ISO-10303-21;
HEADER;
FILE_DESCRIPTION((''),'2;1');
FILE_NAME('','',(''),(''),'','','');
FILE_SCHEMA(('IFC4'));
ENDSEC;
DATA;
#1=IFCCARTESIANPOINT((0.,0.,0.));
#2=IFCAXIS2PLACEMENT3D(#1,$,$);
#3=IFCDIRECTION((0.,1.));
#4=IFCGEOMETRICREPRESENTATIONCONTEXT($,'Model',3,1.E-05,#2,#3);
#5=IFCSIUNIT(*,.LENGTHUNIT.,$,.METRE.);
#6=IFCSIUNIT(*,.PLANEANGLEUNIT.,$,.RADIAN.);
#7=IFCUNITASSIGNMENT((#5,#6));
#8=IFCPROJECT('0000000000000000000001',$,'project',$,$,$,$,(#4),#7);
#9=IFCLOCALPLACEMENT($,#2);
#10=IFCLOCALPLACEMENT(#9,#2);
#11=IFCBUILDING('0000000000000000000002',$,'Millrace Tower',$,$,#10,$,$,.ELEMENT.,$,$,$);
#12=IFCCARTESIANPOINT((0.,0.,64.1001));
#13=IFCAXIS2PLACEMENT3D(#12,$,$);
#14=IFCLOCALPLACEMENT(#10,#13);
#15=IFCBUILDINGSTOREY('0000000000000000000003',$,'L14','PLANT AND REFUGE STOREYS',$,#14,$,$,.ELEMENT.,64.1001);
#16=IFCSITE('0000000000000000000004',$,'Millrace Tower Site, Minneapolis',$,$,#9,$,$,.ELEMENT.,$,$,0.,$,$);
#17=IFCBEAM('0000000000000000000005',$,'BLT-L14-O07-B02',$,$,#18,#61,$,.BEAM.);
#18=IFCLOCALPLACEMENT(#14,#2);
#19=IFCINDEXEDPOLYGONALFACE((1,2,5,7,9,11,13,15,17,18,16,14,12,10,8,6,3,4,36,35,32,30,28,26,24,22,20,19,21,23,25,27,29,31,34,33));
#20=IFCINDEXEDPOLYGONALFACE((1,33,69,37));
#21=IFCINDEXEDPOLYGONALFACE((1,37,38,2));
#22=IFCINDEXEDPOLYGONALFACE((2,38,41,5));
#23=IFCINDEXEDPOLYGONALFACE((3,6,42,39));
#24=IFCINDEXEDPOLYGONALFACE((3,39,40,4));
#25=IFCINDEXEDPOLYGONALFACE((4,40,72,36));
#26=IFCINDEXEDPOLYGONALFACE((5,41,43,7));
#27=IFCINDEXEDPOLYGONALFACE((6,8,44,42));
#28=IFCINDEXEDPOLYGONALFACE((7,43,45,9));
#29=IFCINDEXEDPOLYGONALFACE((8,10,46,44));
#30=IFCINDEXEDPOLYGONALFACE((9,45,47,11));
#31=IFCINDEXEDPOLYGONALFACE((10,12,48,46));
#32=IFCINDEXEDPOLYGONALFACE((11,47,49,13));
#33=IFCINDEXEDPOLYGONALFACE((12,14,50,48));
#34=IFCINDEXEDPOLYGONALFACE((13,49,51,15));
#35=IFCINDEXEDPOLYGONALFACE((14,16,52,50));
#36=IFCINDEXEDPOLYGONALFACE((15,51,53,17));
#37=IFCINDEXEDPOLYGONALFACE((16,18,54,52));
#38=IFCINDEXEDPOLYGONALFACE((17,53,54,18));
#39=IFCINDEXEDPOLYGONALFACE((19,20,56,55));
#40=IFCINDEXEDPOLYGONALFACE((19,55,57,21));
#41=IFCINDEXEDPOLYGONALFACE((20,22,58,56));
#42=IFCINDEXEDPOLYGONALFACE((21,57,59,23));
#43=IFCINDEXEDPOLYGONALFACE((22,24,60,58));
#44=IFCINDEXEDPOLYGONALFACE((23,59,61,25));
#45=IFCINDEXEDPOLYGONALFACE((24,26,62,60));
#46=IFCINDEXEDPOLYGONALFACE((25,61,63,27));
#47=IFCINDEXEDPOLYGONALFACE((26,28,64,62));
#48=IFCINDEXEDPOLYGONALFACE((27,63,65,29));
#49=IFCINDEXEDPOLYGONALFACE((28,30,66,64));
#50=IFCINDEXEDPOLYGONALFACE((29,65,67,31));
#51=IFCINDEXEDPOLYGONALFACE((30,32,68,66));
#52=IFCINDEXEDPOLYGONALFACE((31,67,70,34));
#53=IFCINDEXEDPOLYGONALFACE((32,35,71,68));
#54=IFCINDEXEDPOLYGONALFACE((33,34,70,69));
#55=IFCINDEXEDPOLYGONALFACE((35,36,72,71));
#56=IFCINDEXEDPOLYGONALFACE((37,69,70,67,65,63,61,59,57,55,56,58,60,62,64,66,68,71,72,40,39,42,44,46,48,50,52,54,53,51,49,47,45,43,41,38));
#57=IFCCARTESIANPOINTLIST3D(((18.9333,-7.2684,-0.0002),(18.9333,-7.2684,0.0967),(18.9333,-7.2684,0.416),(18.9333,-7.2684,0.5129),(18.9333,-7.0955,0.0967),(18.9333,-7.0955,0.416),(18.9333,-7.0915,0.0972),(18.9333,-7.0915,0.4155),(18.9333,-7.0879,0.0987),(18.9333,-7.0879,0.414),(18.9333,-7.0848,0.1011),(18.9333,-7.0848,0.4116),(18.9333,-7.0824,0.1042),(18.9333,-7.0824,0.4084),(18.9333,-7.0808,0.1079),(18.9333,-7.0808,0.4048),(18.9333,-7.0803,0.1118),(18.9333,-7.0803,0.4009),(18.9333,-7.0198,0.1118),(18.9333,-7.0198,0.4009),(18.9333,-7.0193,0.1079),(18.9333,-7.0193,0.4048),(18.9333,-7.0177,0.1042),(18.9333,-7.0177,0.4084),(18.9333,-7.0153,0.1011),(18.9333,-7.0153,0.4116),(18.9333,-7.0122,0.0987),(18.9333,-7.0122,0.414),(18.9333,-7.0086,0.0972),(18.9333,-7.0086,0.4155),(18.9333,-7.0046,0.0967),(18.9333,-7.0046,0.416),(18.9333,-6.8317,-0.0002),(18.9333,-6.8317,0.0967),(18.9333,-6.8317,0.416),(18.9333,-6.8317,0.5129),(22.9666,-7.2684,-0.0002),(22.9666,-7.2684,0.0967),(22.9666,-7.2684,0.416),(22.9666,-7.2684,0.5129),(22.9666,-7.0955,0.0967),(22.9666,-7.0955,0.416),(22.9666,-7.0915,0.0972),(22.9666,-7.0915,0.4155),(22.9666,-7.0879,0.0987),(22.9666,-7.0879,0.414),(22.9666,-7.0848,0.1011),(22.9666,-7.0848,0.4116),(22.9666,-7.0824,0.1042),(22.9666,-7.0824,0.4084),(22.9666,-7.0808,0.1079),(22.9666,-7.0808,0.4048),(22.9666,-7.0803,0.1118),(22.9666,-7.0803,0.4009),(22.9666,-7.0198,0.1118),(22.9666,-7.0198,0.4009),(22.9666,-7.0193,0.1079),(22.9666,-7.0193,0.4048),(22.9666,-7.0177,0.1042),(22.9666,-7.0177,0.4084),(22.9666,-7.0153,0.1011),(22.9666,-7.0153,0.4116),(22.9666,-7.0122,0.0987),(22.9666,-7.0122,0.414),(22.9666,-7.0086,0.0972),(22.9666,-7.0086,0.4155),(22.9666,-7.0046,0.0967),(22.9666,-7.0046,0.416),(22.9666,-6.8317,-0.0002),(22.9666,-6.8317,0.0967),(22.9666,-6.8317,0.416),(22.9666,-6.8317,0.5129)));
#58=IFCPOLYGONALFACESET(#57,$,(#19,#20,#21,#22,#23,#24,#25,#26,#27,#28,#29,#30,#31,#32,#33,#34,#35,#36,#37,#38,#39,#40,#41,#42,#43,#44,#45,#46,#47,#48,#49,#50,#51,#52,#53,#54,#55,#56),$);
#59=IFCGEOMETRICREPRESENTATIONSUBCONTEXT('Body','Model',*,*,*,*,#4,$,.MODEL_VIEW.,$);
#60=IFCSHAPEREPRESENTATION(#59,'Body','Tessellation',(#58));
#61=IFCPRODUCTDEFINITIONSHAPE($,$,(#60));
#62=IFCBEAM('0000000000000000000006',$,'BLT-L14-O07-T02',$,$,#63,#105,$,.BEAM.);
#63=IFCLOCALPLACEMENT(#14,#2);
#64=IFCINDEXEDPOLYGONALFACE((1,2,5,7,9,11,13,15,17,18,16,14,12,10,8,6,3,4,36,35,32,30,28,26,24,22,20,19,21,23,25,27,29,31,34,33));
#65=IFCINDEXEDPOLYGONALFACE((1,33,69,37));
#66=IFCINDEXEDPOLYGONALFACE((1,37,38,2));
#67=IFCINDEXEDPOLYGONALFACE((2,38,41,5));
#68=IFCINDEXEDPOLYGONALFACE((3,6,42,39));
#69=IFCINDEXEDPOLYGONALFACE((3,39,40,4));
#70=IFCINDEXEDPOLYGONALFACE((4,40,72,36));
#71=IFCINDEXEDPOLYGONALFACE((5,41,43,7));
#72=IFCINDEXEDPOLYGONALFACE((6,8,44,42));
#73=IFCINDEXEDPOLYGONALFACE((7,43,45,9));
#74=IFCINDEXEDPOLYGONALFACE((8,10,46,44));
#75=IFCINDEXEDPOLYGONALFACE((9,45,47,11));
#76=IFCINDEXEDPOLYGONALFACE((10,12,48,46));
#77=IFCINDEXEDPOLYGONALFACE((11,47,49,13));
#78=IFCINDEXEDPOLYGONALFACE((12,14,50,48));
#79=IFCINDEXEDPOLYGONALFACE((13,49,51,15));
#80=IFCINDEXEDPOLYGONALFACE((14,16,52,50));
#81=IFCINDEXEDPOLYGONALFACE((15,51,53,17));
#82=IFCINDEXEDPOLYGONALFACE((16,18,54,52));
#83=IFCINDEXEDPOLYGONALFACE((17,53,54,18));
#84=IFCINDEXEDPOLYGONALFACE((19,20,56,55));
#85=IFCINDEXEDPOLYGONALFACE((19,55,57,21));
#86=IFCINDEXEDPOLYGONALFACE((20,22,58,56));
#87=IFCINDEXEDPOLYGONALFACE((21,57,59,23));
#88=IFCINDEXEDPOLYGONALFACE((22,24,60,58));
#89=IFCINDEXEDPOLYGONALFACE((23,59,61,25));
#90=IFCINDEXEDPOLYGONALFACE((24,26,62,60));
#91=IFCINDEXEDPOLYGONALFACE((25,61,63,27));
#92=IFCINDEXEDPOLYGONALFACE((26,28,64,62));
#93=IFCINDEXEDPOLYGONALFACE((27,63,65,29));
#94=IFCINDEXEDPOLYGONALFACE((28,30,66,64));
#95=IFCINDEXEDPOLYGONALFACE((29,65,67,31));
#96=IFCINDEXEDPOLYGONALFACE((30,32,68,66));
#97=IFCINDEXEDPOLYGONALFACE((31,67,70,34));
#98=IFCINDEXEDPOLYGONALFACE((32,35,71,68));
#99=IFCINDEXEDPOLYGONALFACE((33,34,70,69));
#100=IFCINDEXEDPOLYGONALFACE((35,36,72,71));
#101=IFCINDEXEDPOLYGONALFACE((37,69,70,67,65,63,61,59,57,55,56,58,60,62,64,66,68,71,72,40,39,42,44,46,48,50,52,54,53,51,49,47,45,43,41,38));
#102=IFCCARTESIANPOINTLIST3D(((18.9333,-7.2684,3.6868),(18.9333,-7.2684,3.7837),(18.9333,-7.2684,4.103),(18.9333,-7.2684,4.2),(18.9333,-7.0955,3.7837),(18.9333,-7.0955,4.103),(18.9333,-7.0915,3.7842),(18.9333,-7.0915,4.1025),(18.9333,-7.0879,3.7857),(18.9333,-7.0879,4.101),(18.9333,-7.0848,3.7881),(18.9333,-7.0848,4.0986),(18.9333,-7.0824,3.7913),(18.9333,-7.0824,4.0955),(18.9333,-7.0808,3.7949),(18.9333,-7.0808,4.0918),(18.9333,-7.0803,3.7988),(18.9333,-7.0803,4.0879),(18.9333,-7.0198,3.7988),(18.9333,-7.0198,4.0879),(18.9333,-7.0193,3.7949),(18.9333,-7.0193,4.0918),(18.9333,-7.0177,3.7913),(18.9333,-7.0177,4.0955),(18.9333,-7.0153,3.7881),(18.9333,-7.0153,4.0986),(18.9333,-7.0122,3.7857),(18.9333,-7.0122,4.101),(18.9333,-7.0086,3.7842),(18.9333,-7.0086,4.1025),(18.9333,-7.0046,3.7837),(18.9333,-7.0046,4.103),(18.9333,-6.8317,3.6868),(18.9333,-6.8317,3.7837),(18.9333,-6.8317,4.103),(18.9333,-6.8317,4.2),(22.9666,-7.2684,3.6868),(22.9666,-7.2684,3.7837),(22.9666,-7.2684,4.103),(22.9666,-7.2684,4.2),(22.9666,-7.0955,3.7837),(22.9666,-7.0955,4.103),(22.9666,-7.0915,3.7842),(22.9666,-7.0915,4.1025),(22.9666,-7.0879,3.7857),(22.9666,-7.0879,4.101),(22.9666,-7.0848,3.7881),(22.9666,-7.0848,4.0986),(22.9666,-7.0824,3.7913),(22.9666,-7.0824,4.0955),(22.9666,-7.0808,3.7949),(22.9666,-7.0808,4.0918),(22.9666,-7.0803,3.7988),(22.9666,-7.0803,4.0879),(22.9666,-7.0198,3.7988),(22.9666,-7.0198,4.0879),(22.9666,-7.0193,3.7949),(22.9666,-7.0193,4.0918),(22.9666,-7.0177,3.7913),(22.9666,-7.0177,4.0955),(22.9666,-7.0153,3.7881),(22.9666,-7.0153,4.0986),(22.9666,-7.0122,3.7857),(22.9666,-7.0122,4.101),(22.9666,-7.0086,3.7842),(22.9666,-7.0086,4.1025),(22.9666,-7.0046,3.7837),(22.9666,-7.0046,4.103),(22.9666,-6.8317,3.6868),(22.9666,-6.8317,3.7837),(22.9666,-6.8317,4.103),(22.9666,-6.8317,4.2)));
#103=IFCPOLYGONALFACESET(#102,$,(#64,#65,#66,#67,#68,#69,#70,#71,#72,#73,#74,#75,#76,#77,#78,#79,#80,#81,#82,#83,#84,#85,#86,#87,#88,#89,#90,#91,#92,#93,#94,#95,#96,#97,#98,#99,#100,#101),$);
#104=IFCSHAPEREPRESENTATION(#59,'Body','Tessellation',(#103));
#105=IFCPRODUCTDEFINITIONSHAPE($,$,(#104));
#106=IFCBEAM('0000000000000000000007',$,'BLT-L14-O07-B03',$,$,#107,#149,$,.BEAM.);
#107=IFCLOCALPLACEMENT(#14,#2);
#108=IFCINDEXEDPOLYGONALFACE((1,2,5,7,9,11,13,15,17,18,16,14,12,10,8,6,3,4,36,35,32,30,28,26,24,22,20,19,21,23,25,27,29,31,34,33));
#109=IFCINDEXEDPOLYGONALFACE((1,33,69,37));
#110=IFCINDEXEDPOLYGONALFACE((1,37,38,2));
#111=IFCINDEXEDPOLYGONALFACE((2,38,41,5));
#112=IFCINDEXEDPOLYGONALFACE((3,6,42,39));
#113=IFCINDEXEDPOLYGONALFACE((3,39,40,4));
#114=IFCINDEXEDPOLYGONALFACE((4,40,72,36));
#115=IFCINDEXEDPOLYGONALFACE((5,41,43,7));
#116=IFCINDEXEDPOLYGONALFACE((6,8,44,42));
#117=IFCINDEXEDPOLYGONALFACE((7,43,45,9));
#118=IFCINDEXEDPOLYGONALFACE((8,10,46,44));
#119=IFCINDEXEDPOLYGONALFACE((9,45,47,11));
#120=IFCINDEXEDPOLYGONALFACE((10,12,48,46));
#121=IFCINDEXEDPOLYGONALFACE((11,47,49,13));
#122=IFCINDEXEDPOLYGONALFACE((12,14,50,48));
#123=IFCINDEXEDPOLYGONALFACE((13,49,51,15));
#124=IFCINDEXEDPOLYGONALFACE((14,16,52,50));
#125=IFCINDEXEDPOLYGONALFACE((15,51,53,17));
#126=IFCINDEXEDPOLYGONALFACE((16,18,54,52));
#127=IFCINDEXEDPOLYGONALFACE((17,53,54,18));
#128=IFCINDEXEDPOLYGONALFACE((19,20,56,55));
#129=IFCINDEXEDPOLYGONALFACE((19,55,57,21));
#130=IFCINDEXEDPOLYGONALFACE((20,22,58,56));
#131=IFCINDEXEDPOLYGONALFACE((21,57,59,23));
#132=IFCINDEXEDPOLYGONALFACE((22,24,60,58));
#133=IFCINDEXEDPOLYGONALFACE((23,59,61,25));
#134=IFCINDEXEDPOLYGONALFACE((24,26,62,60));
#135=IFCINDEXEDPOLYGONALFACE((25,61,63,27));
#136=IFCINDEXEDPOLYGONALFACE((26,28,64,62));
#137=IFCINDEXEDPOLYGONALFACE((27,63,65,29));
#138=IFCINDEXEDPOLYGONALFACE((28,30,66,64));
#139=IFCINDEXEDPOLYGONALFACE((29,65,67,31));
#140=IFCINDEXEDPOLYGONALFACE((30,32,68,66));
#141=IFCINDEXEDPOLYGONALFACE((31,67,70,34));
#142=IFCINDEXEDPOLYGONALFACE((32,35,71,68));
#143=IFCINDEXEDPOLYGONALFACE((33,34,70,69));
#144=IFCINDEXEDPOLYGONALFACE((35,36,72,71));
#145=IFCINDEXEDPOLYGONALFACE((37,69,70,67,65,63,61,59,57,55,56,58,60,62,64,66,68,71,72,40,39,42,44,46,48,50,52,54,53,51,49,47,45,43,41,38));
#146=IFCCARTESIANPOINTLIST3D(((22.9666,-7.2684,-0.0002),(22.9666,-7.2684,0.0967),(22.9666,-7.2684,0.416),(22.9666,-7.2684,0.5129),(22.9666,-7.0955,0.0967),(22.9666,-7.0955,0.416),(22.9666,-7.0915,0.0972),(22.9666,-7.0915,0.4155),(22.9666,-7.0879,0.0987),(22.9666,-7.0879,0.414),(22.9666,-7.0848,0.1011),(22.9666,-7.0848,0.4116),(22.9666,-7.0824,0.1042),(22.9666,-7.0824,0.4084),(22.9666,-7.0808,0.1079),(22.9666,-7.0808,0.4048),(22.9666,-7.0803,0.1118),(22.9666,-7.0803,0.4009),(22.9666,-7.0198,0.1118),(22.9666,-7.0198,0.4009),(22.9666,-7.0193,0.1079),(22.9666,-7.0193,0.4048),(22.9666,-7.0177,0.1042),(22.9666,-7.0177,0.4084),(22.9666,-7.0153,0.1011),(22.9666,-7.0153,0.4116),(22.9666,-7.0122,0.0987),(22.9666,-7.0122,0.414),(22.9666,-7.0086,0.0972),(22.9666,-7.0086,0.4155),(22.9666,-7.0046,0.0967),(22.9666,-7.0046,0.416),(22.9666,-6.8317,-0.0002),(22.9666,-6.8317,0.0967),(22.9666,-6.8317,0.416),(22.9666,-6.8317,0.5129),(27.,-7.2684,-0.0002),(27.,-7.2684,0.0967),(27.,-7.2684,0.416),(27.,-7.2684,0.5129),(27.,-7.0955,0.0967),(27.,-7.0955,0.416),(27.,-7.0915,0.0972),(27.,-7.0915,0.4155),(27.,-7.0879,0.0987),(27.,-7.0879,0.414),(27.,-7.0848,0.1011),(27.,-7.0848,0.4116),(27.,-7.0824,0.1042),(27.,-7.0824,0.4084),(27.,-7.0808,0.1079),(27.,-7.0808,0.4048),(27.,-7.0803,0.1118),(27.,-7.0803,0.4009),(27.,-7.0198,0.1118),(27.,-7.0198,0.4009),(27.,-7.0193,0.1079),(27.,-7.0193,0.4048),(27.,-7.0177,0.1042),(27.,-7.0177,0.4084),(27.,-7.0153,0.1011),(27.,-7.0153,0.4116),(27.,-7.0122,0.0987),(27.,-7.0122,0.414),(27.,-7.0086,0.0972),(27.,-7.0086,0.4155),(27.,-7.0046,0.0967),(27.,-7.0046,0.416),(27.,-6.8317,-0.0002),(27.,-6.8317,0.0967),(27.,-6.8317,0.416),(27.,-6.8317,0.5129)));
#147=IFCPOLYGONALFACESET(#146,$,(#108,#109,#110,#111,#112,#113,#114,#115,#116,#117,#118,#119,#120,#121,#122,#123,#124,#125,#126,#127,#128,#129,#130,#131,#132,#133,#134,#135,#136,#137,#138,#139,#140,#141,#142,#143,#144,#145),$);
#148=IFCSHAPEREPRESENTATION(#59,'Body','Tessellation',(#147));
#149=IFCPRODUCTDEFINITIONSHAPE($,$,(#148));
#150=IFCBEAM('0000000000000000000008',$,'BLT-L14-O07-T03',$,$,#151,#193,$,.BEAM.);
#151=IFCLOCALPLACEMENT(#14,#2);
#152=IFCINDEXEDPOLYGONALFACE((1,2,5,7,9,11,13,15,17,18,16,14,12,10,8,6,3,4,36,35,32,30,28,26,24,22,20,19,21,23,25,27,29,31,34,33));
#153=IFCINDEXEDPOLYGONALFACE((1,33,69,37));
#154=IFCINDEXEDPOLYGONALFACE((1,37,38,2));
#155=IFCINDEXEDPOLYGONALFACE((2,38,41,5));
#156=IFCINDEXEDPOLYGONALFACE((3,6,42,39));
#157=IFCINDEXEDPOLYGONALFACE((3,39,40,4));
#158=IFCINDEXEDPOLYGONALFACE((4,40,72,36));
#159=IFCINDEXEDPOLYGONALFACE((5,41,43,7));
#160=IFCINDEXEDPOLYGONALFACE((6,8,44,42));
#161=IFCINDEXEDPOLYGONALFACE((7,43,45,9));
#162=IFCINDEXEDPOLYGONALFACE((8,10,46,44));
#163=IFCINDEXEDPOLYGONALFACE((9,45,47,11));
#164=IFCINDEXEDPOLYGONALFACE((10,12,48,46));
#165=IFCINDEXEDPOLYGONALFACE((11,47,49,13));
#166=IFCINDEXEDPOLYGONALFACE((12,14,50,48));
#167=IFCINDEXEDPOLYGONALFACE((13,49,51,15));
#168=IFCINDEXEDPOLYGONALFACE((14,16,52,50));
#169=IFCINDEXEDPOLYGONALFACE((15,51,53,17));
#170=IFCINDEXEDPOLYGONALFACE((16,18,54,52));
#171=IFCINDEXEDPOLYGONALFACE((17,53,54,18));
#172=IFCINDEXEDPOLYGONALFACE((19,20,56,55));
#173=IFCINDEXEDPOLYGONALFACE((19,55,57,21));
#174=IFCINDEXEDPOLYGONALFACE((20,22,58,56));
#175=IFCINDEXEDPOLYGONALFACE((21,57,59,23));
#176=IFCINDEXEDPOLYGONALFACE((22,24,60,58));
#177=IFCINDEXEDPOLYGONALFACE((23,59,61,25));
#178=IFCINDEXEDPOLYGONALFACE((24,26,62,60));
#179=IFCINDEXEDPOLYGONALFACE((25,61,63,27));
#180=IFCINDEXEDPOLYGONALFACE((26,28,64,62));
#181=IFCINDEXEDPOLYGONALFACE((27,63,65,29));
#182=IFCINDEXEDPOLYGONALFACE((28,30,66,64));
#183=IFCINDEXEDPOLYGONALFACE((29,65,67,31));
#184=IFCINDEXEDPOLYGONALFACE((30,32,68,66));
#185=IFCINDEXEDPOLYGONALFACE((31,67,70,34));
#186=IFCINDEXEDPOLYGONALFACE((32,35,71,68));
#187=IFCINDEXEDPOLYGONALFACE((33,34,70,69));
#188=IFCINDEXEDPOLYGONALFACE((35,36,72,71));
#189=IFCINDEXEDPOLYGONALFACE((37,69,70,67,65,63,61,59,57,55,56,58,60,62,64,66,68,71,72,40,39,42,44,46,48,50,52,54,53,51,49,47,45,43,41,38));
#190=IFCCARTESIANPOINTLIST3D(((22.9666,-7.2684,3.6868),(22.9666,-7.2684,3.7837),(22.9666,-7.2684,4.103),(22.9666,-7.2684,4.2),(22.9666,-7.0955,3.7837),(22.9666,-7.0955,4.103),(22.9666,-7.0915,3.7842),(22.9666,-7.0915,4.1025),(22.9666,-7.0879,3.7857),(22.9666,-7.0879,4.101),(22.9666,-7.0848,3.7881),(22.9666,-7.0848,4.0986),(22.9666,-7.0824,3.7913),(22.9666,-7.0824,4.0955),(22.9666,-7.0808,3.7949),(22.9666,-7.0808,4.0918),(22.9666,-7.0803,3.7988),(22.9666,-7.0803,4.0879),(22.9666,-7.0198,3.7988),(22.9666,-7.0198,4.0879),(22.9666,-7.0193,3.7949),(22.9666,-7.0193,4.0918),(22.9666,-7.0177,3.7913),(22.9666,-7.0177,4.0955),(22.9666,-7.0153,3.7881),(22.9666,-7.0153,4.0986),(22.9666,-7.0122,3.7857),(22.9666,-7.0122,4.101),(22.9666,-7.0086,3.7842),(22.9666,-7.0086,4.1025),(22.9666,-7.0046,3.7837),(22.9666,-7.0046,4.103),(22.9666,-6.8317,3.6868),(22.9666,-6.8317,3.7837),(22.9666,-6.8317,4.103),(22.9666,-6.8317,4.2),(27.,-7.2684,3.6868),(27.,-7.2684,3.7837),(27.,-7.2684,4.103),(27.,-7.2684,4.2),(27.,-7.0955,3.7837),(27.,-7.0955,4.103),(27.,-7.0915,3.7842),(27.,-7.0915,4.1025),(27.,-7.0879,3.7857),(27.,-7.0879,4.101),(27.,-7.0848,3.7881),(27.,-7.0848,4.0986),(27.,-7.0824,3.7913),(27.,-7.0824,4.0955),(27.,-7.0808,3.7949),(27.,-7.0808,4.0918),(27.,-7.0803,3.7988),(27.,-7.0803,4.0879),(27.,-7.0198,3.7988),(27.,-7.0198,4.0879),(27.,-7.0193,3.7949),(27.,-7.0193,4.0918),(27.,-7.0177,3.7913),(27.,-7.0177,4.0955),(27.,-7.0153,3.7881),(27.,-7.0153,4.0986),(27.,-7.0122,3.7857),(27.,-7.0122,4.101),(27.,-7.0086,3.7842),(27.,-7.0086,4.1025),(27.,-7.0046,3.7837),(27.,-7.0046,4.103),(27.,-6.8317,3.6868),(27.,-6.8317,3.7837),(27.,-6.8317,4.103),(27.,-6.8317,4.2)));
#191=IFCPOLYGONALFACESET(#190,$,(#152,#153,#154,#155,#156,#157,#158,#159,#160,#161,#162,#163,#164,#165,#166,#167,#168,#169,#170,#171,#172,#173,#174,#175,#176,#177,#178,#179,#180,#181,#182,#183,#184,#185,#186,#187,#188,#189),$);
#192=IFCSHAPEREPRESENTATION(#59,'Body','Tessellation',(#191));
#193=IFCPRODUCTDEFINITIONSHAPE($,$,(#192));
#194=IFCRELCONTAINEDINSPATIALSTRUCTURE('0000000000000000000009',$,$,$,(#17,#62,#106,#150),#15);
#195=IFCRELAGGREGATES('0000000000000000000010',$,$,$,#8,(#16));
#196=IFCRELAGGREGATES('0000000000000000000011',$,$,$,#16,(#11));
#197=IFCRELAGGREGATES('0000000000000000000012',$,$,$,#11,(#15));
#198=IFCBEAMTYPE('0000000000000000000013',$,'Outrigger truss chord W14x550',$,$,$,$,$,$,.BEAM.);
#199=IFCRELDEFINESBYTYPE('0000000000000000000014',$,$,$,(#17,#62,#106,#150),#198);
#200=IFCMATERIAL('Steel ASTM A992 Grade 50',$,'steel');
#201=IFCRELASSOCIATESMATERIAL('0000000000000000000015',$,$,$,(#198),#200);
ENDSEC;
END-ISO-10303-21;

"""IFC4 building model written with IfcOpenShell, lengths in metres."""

from ifc_helpers import new_model, si_unit, direction, frame, origin, origin_2d, place, context, subcontext, project, spatial, i_section, extrude, material, material_profile, profile_set, type_object, element, save


model = new_model("IFC4")

# Units and contexts
model_context = context("Model", 3, precision=1e-05, world=origin(), true_north=direction((0.0, 1.0)))
body_context = subcontext(model_context, "Body", "Model", "MODEL_VIEW")
ifc_project = project(units=[si_unit("LENGTHUNIT", "METRE"), si_unit("PLANEANGLEUNIT", "RADIAN")], contexts=[model_context])

# Site, building, storey
site_placement = place(None, origin())
site = spatial("IfcSite", under=ifc_project, at=site_placement, Name="Millrace Tower Site, Minneapolis", CompositionType="ELEMENT", RefElevation=0.0)
building_placement = place(site_placement, origin())
building = spatial("IfcBuilding", under=site, at=building_placement, Name="Millrace Tower", CompositionType="ELEMENT")
storey_placement = place(building_placement, frame((0.0, 0.0, 64.1001)))
storey = spatial("IfcBuildingStorey", under=building, at=storey_placement, Name="L14", Description="PLANT AND REFUGE STOREYS", CompositionType="ELEMENT", Elevation=64.1001)

# Beams
ifc_material_1 = material(Name="Steel ASTM A992 Grade 50", Category="steel")
ifc_material_profile_1 = material_profile(ifc_material_1, i_section(OverallWidth=0.4368, OverallDepth=0.5132, WebThickness=0.0605, FlangeThickness=0.0969, FilletRadius=0.0151, at=origin_2d()))
ifc_profile_set_1 = profile_set([ifc_material_profile_1], Name="Steel ASTM A992 Grade 50")
beam_type_1 = type_object("IfcBeamType", Name="Outrigger truss chord W14x550", PredefinedType="BEAM", material=ifc_profile_set_1)
for number, where, z_axis, x_axis, name in (
    (1, (18.9333, -7.05, 0.2563), (1.0, 0.0, 0.0), (0.0, 1.0, 0.0), "BLT-L14-O07-B02"),
    (2, (18.9333, -7.05, 3.9434), (1.0, 0.0, 0.0), (0.0, 1.0, 0.0), "BLT-L14-O07-T02"),
):
    element("IfcBeam", number, at=place(storey_placement, frame(where, z_axis=z_axis, x_axis=x_axis)), inside=storey, type_object=beam_type_1, Name=name, PredefinedType="BEAM", context=body_context, shape_type="SweptSolid", body=[
        extrude(i_section(OverallWidth=0.4368, OverallDepth=0.5132, WebThickness=0.0605, FlangeThickness=0.0969, FilletRadius=0.0151, at=origin_2d()), origin(), (0.0, 0.0, 1.0), 4.0332),
    ])
for number, where, z_axis, x_axis, name in (
    (3, (22.9666, -7.05, 0.2563), (1.0, 0.0, 0.0), (0.0, 1.0, 0.0), "BLT-L14-O07-B03"),
    (4, (22.9666, -7.05, 3.9434), (1.0, 0.0, 0.0), (0.0, 1.0, 0.0), "BLT-L14-O07-T03"),
):
    element("IfcBeam", number, at=place(storey_placement, frame(where, z_axis=z_axis, x_axis=x_axis)), inside=storey, type_object=beam_type_1, Name=name, PredefinedType="BEAM", context=body_context, shape_type="SweptSolid", body=[
        extrude(i_section(OverallWidth=0.4368, OverallDepth=0.5132, WebThickness=0.0605, FlangeThickness=0.0969, FilletRadius=0.0151, at=origin_2d()), origin(), (0.0, 0.0, 1.0), 4.0334),
    ])

save(model, "model.ifc")
